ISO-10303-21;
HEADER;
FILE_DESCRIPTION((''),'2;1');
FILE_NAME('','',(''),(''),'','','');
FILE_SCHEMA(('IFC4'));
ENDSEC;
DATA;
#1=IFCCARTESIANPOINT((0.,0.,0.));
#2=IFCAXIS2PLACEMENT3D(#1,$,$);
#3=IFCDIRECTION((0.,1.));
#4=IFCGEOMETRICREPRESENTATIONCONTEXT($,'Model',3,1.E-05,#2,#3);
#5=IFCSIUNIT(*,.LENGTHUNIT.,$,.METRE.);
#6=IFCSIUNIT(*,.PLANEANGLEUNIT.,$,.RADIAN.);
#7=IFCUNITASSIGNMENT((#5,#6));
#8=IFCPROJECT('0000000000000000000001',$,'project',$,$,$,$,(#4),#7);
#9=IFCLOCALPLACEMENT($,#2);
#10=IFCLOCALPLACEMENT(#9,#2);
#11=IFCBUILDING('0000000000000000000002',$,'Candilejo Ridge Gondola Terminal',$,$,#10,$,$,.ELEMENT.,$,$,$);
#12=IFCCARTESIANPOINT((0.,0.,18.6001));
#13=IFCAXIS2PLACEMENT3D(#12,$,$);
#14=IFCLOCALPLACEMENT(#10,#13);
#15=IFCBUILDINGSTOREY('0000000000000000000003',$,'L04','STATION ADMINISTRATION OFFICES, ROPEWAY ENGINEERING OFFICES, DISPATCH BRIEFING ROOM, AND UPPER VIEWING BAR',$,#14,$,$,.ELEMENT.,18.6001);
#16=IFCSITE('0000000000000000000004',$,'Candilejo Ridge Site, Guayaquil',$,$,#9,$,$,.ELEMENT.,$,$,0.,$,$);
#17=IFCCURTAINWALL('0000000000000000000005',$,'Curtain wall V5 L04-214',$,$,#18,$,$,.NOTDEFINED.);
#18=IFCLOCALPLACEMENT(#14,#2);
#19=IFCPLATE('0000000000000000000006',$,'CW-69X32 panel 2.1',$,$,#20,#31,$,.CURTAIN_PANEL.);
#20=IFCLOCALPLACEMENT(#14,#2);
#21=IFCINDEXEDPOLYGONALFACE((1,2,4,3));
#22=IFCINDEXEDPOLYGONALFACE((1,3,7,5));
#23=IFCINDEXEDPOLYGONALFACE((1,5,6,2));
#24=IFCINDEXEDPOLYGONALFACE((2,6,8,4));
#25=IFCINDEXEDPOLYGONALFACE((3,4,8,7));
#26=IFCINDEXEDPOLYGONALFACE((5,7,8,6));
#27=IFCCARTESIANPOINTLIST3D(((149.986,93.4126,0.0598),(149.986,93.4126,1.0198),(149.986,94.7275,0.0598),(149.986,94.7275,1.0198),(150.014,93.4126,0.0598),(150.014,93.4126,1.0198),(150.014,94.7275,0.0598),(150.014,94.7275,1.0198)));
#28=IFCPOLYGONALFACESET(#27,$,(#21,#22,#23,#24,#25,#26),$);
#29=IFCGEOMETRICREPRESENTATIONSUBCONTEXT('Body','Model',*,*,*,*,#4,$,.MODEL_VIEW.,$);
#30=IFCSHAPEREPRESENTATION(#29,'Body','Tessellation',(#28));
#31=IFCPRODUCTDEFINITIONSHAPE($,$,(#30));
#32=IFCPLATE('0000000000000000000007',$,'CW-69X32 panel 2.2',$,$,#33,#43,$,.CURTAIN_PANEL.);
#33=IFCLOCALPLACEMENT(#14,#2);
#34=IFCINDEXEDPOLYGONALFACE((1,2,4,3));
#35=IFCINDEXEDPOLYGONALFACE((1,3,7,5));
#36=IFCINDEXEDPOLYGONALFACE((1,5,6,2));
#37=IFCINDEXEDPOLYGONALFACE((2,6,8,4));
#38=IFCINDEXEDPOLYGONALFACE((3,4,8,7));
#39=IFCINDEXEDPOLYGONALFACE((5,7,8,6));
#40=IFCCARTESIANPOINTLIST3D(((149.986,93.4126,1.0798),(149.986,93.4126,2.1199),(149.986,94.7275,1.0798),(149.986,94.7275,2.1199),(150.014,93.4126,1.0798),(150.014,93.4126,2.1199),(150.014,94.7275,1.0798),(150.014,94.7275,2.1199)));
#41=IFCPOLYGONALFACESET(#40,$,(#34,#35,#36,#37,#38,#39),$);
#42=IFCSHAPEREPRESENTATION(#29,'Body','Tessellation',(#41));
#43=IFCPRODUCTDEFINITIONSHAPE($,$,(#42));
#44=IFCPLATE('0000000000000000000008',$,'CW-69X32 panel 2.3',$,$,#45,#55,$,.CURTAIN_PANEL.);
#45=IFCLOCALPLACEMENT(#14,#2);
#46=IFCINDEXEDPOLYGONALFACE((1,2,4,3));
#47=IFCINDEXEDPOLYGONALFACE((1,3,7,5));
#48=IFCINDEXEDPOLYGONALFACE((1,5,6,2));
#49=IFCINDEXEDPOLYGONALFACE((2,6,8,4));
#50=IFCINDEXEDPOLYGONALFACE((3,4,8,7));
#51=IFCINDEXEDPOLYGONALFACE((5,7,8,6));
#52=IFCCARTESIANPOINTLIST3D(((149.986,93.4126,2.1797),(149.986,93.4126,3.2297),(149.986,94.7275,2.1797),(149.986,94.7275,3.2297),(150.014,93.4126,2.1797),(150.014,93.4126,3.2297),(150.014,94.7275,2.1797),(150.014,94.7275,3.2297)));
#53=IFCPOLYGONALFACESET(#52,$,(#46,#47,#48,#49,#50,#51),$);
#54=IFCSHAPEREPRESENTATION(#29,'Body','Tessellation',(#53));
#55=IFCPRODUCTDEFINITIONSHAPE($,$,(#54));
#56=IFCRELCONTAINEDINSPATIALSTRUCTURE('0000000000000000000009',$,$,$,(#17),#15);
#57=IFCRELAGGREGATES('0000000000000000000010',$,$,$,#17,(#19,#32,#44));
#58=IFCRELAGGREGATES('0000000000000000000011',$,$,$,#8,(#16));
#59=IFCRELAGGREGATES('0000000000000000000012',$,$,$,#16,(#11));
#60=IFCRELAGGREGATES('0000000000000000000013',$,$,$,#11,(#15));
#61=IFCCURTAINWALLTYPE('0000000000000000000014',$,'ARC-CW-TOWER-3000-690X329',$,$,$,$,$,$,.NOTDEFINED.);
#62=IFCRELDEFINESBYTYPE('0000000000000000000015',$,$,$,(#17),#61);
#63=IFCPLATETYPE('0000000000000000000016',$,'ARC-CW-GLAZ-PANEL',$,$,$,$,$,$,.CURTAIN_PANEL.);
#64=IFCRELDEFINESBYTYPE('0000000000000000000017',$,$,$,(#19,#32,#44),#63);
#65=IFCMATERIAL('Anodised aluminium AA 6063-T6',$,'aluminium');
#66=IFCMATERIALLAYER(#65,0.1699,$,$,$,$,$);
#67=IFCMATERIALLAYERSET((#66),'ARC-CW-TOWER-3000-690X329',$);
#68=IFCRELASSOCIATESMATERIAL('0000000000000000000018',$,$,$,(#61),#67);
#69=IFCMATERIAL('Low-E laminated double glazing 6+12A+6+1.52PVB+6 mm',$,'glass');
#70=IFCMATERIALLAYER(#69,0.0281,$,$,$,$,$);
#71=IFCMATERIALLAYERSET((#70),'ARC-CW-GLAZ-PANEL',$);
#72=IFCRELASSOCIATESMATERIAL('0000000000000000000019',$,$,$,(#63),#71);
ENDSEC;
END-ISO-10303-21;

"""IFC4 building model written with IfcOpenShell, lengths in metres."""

from ifc_helpers import new_model, si_unit, direction, frame, origin, origin_2d, place, context, subcontext, project, spatial, rectangle, extrude, material, layer, layer_set, type_object, element, aggregate, save


model = new_model("IFC4")

# Units and contexts
model_context = context("Model", 3, precision=1e-05, world=origin(), true_north=direction((0.0, 1.0)))
body_context = subcontext(model_context, "Body", "Model", "MODEL_VIEW")
ifc_project = project(units=[si_unit("LENGTHUNIT", "METRE"), si_unit("PLANEANGLEUNIT", "RADIAN")], contexts=[model_context])

# Site, building, storey
site_placement = place(None, origin())
site = spatial("IfcSite", under=ifc_project, at=site_placement, Name="Candilejo Ridge Site, Guayaquil", CompositionType="ELEMENT", RefElevation=0.0)
building_placement = place(site_placement, origin())
building = spatial("IfcBuilding", under=site, at=building_placement, Name="Candilejo Ridge Gondola Terminal", CompositionType="ELEMENT")
storey_placement = place(building_placement, frame((0.0, 0.0, 18.6001)))
storey = spatial("IfcBuildingStorey", under=building, at=storey_placement, Name="L04", Description="STATION ADMINISTRATION OFFICES, ROPEWAY ENGINEERING OFFICES, DISPATCH BRIEFING ROOM, AND UPPER VIEWING BAR", CompositionType="ELEMENT", Elevation=18.6001)

# Curtain wall
ifc_material_1 = material(Name="Anodised aluminium AA 6063-T6", Category="aluminium")
ifc_layer_1 = layer(ifc_material_1, 0.1699)
ifc_layer_set_1 = layer_set([ifc_layer_1], Name="ARC-CW-TOWER-3000-690X329")
curtain_wall_type = type_object("IfcCurtainWallType", Name="ARC-CW-TOWER-3000-690X329", PredefinedType="NOTDEFINED", material=ifc_layer_set_1)
curtain_wall_1_placement = place(storey_placement, origin())
curtain_wall_1 = element("IfcCurtainWall", 1, at=curtain_wall_1_placement, inside=storey, type_object=curtain_wall_type, Name="Curtain wall V5 L04-214", PredefinedType="NOTDEFINED")

# Plates
ifc_material_2 = material(Name="Low-E laminated double glazing 6+12A+6+1.52PVB+6 mm", Category="glass")
ifc_layer_2 = layer(ifc_material_2, 0.0281)
ifc_layer_set_2 = layer_set([ifc_layer_2], Name="ARC-CW-GLAZ-PANEL")
plate_type = type_object("IfcPlateType", Name="ARC-CW-GLAZ-PANEL", PredefinedType="CURTAIN_PANEL", material=ifc_layer_set_2)
plate_1_placement = place(storey_placement, frame((150.0, 94.0701, 0.0598), z_axis=(0.0, 0.0, 1.0), x_axis=(0.0, 1.0, 0.0)))
plate_1 = element("IfcPlate", 2, at=plate_1_placement, type_object=plate_type, Name="CW-69X32 panel 2.1", PredefinedType="CURTAIN_PANEL", context=body_context, shape_type="SweptSolid", body=[
    extrude(rectangle(XDim=1.3149, YDim=0.0281, at=origin_2d()), origin(), (0.0, 0.0, 1.0), 0.96),
])
plate_2_placement = place(storey_placement, frame((150.0, 94.0701, 1.0798), z_axis=(0.0, 0.0, 1.0), x_axis=(0.0, 1.0, 0.0)))
plate_2 = element("IfcPlate", 3, at=plate_2_placement, type_object=plate_type, Name="CW-69X32 panel 2.2", PredefinedType="CURTAIN_PANEL", context=body_context, shape_type="SweptSolid", body=[
    extrude(rectangle(XDim=1.3149, YDim=0.0281, at=origin_2d()), origin(), (0.0, 0.0, 1.0), 1.04),
])
plate_3_placement = place(storey_placement, frame((150.0, 94.0701, 2.1797), z_axis=(0.0, 0.0, 1.0), x_axis=(0.0, 1.0, 0.0)))
plate_3 = element("IfcPlate", 4, at=plate_3_placement, type_object=plate_type, Name="CW-69X32 panel 2.3", PredefinedType="CURTAIN_PANEL", context=body_context, shape_type="SweptSolid", body=[
    extrude(rectangle(XDim=1.3149, YDim=0.0281, at=origin_2d()), origin(), (0.0, 0.0, 1.0), 1.05),
])
aggregate(curtain_wall_1, [plate_1, plate_2, plate_3])

save(model, "model.ifc")
